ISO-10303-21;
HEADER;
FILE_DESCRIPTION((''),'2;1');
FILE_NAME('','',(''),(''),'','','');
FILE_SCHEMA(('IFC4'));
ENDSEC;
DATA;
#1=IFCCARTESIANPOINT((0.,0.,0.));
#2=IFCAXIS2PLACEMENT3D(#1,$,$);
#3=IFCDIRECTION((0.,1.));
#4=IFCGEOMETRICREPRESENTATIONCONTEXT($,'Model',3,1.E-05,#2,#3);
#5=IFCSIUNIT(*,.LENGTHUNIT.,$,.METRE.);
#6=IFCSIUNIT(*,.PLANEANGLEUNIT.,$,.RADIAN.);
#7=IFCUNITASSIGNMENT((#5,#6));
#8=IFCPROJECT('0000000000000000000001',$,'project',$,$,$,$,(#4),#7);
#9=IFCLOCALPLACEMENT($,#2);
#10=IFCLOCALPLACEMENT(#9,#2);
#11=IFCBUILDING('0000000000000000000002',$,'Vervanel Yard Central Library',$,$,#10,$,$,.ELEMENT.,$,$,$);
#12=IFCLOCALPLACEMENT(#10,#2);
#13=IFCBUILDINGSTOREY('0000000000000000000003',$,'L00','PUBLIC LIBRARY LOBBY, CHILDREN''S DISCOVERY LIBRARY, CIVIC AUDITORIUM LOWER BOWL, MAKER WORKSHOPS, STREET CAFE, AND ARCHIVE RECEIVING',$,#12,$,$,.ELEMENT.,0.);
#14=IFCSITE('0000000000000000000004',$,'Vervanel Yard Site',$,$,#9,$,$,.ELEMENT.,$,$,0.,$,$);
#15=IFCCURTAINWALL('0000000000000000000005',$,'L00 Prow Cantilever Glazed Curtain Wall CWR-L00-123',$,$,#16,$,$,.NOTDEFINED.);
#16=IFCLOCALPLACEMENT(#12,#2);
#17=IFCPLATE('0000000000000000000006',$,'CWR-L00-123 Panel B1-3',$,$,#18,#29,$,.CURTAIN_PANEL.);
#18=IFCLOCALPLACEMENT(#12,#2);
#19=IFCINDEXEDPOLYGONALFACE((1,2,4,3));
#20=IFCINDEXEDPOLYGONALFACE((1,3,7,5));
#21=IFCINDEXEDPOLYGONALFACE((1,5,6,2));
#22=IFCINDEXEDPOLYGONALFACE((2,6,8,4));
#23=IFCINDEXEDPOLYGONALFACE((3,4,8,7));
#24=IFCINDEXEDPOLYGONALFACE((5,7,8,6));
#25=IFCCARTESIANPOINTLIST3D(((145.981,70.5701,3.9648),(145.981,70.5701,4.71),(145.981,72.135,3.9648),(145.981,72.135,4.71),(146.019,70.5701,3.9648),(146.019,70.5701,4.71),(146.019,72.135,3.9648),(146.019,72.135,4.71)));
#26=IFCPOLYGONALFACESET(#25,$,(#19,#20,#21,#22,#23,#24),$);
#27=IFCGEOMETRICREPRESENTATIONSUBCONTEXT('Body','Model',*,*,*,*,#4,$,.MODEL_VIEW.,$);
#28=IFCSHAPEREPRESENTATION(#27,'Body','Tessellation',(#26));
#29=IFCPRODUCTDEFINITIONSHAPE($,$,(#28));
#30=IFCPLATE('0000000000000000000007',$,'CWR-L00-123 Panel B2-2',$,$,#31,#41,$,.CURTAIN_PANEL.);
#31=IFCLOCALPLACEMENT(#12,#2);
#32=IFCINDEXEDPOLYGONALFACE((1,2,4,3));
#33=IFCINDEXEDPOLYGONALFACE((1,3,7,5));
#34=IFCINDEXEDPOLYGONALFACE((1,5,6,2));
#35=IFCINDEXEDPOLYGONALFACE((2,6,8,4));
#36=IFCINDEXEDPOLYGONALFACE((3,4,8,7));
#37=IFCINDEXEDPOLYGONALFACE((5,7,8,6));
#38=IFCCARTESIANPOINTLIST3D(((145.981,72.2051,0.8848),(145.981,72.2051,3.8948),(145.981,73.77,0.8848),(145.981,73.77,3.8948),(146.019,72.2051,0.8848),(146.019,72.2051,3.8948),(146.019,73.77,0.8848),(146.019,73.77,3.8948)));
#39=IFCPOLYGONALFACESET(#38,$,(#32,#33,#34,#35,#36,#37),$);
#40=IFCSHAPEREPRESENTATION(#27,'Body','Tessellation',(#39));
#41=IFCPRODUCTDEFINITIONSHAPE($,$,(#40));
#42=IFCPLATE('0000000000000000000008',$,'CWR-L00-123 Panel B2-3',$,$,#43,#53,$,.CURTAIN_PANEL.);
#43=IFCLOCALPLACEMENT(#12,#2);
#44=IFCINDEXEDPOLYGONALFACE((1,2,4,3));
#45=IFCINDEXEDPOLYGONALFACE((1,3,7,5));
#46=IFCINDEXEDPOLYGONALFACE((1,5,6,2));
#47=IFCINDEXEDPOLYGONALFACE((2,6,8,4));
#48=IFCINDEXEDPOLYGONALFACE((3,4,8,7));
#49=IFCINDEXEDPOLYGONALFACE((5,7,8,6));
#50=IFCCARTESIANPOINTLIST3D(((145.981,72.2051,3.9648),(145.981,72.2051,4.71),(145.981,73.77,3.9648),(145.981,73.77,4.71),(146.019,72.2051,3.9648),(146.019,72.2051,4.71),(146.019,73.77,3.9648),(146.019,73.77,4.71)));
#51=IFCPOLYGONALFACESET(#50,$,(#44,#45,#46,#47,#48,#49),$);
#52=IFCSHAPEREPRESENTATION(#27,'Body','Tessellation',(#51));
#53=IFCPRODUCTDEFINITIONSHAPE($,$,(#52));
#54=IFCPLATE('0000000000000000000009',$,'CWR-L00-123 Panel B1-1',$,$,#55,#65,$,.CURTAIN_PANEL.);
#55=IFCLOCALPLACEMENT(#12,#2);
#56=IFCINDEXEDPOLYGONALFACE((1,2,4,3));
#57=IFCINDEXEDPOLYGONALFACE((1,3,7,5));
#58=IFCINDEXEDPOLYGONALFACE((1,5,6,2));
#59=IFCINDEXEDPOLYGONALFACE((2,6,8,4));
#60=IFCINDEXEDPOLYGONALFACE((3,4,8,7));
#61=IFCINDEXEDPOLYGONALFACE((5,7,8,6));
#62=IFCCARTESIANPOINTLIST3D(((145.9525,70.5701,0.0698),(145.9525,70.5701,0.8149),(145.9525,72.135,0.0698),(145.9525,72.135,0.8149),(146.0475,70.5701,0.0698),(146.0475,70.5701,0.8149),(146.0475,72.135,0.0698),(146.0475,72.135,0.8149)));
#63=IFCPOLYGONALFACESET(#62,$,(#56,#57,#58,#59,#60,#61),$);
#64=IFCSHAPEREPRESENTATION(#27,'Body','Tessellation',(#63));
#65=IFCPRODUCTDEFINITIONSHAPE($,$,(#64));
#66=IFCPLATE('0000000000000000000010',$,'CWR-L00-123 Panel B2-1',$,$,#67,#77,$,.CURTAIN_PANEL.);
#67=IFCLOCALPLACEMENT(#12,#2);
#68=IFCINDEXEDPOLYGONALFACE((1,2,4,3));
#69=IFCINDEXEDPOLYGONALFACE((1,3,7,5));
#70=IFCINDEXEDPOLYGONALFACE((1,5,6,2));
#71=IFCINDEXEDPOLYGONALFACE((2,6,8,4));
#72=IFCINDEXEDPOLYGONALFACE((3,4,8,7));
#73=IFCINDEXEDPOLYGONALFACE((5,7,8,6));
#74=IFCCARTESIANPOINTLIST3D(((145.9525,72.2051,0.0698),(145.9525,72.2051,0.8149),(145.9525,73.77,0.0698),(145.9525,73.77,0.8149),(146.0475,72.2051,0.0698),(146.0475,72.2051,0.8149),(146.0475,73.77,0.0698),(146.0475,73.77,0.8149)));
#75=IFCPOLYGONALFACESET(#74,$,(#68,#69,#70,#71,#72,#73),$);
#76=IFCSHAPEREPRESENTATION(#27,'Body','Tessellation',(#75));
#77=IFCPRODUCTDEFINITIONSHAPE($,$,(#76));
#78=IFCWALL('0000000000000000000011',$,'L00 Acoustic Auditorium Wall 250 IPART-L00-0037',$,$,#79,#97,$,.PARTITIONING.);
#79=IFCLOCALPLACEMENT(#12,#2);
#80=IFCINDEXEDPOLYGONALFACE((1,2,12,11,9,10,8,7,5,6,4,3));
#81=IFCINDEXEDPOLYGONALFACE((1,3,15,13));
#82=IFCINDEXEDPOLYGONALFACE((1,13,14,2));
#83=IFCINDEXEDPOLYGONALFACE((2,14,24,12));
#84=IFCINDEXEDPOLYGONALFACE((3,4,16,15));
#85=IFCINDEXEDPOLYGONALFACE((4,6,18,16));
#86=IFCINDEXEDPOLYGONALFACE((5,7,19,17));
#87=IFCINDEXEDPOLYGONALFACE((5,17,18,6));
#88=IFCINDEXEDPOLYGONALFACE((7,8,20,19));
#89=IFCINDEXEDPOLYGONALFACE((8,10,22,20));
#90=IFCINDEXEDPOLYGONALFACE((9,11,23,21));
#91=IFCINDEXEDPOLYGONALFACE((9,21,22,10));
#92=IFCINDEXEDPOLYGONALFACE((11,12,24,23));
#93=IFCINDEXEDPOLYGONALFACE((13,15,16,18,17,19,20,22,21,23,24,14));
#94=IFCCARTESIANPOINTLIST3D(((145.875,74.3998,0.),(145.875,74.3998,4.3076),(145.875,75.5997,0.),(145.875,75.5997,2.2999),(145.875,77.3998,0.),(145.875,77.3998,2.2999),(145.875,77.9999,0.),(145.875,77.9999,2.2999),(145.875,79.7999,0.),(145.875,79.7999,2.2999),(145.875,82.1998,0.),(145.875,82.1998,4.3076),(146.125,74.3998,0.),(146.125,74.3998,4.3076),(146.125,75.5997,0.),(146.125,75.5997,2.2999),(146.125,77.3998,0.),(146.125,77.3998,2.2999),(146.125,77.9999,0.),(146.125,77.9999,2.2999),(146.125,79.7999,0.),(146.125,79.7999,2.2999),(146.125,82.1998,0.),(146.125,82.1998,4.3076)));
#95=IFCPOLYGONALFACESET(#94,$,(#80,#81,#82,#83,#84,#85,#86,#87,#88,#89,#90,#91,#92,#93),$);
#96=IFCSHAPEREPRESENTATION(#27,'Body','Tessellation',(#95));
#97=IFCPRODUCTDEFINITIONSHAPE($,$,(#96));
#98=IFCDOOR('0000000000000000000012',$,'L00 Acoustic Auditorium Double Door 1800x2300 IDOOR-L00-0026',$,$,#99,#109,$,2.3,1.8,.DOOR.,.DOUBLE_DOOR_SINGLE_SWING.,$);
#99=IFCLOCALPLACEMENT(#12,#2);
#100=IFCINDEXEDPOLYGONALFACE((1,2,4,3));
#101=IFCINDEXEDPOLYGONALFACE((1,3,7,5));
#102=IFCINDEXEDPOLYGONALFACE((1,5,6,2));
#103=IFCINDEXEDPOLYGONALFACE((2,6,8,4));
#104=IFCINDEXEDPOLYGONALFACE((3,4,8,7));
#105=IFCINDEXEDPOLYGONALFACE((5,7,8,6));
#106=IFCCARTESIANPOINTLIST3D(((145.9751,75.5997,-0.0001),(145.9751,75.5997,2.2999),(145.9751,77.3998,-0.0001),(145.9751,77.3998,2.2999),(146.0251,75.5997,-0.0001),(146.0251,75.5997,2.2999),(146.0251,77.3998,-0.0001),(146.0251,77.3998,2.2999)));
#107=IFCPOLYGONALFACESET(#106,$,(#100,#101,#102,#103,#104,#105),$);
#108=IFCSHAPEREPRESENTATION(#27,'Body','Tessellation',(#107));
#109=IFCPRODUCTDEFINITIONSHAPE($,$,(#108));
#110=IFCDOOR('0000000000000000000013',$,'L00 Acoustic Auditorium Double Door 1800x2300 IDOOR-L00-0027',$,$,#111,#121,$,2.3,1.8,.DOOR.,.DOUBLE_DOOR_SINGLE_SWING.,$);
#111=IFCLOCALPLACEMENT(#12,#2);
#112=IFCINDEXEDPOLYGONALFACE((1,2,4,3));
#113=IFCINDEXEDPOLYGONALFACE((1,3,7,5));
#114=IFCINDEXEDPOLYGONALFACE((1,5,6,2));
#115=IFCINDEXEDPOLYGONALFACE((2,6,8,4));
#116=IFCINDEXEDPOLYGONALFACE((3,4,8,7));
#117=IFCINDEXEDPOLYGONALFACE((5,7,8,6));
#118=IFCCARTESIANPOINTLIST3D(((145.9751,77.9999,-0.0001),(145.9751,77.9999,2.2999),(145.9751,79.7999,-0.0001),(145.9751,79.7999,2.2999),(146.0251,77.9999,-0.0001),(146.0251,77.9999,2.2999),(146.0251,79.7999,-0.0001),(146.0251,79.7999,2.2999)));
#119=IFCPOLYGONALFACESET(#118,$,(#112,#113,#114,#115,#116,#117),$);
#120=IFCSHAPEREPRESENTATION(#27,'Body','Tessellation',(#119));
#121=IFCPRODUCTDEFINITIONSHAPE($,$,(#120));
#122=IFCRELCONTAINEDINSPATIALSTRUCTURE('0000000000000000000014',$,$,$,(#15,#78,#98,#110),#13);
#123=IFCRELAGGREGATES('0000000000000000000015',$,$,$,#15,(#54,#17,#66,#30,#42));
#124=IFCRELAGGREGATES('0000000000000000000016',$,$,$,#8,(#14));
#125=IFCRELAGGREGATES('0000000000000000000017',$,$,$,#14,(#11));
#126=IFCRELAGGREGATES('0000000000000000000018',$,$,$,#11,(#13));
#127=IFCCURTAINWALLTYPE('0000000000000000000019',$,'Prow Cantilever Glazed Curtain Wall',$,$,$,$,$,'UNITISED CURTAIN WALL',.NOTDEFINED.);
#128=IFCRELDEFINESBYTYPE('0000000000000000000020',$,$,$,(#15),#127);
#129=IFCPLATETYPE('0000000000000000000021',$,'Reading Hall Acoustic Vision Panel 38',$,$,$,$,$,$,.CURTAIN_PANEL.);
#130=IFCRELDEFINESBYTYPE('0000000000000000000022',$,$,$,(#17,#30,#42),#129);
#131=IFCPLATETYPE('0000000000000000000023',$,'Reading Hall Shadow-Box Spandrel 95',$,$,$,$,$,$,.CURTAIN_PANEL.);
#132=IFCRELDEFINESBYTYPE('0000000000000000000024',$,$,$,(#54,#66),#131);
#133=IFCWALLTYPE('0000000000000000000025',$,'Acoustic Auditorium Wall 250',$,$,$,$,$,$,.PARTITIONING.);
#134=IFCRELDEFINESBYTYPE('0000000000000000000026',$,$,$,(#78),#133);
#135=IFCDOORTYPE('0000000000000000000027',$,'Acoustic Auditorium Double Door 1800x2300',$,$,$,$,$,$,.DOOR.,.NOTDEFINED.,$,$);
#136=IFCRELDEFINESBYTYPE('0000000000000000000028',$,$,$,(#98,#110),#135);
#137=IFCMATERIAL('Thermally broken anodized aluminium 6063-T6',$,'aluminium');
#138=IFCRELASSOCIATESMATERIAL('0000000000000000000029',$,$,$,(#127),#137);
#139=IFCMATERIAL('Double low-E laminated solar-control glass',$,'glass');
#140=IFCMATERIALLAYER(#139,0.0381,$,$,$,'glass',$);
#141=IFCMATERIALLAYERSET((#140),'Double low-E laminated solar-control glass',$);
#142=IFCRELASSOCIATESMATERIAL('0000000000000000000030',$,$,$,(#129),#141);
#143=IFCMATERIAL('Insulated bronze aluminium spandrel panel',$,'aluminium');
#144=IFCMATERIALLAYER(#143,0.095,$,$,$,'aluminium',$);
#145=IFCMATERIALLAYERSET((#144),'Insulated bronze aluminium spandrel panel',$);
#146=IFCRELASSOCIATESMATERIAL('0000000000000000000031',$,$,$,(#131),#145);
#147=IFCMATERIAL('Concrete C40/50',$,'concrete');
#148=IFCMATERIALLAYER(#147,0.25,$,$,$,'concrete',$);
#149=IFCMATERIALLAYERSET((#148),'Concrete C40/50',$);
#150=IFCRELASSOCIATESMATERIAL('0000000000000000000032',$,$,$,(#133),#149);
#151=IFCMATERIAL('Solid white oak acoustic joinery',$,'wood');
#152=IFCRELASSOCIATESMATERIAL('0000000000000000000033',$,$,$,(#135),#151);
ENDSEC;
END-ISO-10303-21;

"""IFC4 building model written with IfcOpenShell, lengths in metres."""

from ifc_helpers import new_model, si_unit, direction, frame, frame_2d, origin, origin_2d, place, context, subcontext, project, spatial, rectangle, extrude, material, layer, layer_set, type_object, element, fill, aggregate, save


model = new_model("IFC4")

# Units and contexts
model_context = context("Model", 3, precision=1e-05, world=origin(), true_north=direction((0.0, 1.0)))
body_context = subcontext(model_context, "Body", "Model", "MODEL_VIEW")
ifc_project = project(units=[si_unit("LENGTHUNIT", "METRE"), si_unit("PLANEANGLEUNIT", "RADIAN")], contexts=[model_context])

# Site, building, storey
site_placement = place(None, origin())
site = spatial("IfcSite", under=ifc_project, at=site_placement, Name="Vervanel Yard Site", CompositionType="ELEMENT", RefElevation=0.0)
building_placement = place(site_placement, origin())
building = spatial("IfcBuilding", under=site, at=building_placement, Name="Vervanel Yard Central Library", CompositionType="ELEMENT")
storey_placement = place(building_placement, origin())
storey = spatial("IfcBuildingStorey", under=building, at=storey_placement, Name="L00", Description="PUBLIC LIBRARY LOBBY, CHILDREN'S DISCOVERY LIBRARY, CIVIC AUDITORIUM LOWER BOWL, MAKER WORKSHOPS, STREET CAFE, AND ARCHIVE RECEIVING", CompositionType="ELEMENT", Elevation=0.0)

# Shared definitions
ifc_material_1 = material(Name="Concrete C40/50", Category="concrete")

# Curtain wall
ifc_material_2 = material(Name="Thermally broken anodized aluminium 6063-T6", Category="aluminium")
curtain_wall_type_1 = type_object("IfcCurtainWallType", Name="Prow Cantilever Glazed Curtain Wall", ElementType="UNITISED CURTAIN WALL", PredefinedType="NOTDEFINED", material=ifc_material_2)
curtain_wall_1_placement = place(storey_placement, origin())
curtain_wall_1 = element("IfcCurtainWall", 1, at=curtain_wall_1_placement, inside=storey, type_object=curtain_wall_type_1, Name="L00 Prow Cantilever Glazed Curtain Wall CWR-L00-123", PredefinedType="NOTDEFINED")

# Plates
ifc_material_3 = material(Name="Double low-E laminated solar-control glass", Category="glass")
ifc_layer_1 = layer(ifc_material_3, 0.0381, Category="glass")
ifc_layer_set_1 = layer_set([ifc_layer_1], Name="Double low-E laminated solar-control glass")
plate_type_1 = type_object("IfcPlateType", Name="Reading Hall Acoustic Vision Panel 38", PredefinedType="CURTAIN_PANEL", material=ifc_layer_set_1)
plate_1_placement = place(storey_placement, frame((146.0, 71.3525, 3.9648), z_axis=(0.0, 0.0, 1.0), x_axis=(0.0, 1.0, 0.0)))
plate_1 = element("IfcPlate", 2, at=plate_1_placement, type_object=plate_type_1, Name="CWR-L00-123 Panel B1-3", PredefinedType="CURTAIN_PANEL", context=body_context, shape_type="SweptSolid", body=[
    extrude(rectangle(XDim=1.5649, YDim=0.0381, at=origin_2d()), origin(), (0.0, 0.0, 1.0), 0.7451),
])
plate_2_placement = place(storey_placement, frame((146.0, 72.9875, 0.8848), z_axis=(0.0, 0.0, 1.0), x_axis=(0.0, 1.0, 0.0)))
plate_2 = element("IfcPlate", 3, at=plate_2_placement, type_object=plate_type_1, Name="CWR-L00-123 Panel B2-2", PredefinedType="CURTAIN_PANEL", context=body_context, shape_type="SweptSolid", body=[
    extrude(rectangle(XDim=1.5649, YDim=0.0381, at=origin_2d()), origin(), (0.0, 0.0, 1.0), 3.01),
])
plate_3_placement = place(storey_placement, frame((146.0, 72.9875, 3.9648), z_axis=(0.0, 0.0, 1.0), x_axis=(0.0, 1.0, 0.0)))
plate_3 = element("IfcPlate", 4, at=plate_3_placement, type_object=plate_type_1, Name="CWR-L00-123 Panel B2-3", PredefinedType="CURTAIN_PANEL", context=body_context, shape_type="SweptSolid", body=[
    extrude(rectangle(XDim=1.5649, YDim=0.0381, at=origin_2d()), origin(), (0.0, 0.0, 1.0), 0.7451),
])
ifc_material_4 = material(Name="Insulated bronze aluminium spandrel panel", Category="aluminium")
ifc_layer_2 = layer(ifc_material_4, 0.095, Category="aluminium")
ifc_layer_set_2 = layer_set([ifc_layer_2], Name="Insulated bronze aluminium spandrel panel")
plate_type_2 = type_object("IfcPlateType", Name="Reading Hall Shadow-Box Spandrel 95", PredefinedType="CURTAIN_PANEL", material=ifc_layer_set_2)
plate_4_placement = place(storey_placement, frame((146.0, 71.3525, 0.0698), z_axis=(0.0, 0.0, 1.0), x_axis=(0.0, 1.0, 0.0)))
plate_4 = element("IfcPlate", 5, at=plate_4_placement, type_object=plate_type_2, Name="CWR-L00-123 Panel B1-1", PredefinedType="CURTAIN_PANEL", context=body_context, shape_type="SweptSolid", body=[
    extrude(rectangle(XDim=1.5649, YDim=0.095, at=origin_2d()), origin(), (0.0, 0.0, 1.0), 0.7451),
])
plate_5_placement = place(storey_placement, frame((146.0, 72.9875, 0.0698), z_axis=(0.0, 0.0, 1.0), x_axis=(0.0, 1.0, 0.0)))
plate_5 = element("IfcPlate", 6, at=plate_5_placement, type_object=plate_type_2, Name="CWR-L00-123 Panel B2-1", PredefinedType="CURTAIN_PANEL", context=body_context, shape_type="SweptSolid", body=[
    extrude(rectangle(XDim=1.5649, YDim=0.095, at=origin_2d()), origin(), (0.0, 0.0, 1.0), 0.7451),
])
aggregate(curtain_wall_1, [plate_4, plate_1, plate_5, plate_2, plate_3])

# Wall, openings, doors
ifc_layer_3 = layer(ifc_material_1, 0.25, Category="concrete")
ifc_layer_set_3 = layer_set([ifc_layer_3], Name="Concrete C40/50")
wall_type = type_object("IfcWallType", Name="Acoustic Auditorium Wall 250", PredefinedType="PARTITIONING", material=ifc_layer_set_3)
wall_placement = place(storey_placement, frame((146.0, 74.3999, 0.0), z_axis=(0.0, 0.0, 1.0), x_axis=(0.0, 1.0, 0.0)))
wall = element("IfcWall", 7, at=wall_placement, inside=storey, type_object=wall_type, Name="L00 Acoustic Auditorium Wall 250 IPART-L00-0037", PredefinedType="PARTITIONING", context=body_context, shape_type="SweptSolid", body=[
    extrude(rectangle(XDim=7.8, YDim=0.25, at=frame_2d((3.8999, 0.0))), origin(), (0.0, 0.0, 1.0), 4.3076),
])
opening_1_placement = place(wall_placement, frame((1.2, 0.0, 0.0)))
opening_1 = element("IfcOpeningElement", 8, at=opening_1_placement, cuts=wall, PredefinedType="OPENING", context=body_context, shape_type="SweptSolid", body=[
    extrude(rectangle(XDim=1.8, YDim=2.3, at=frame_2d((0.8999, 1.1499))), frame((0.0, 0.135, 0.0), z_axis=(0.0, -1.0, 0.0), x_axis=(1.0, 0.0, 0.0)), (0.0, 0.0, 1.0), 0.27),
])
opening_2_placement = place(wall_placement, frame((3.6001, 0.0, 0.0)))
opening_2 = element("IfcOpeningElement", 9, at=opening_2_placement, cuts=wall, PredefinedType="OPENING", context=body_context, shape_type="SweptSolid", body=[
    extrude(rectangle(XDim=1.8, YDim=2.3, at=frame_2d((0.8999, 1.1499))), frame((0.0, 0.135, 0.0), z_axis=(0.0, -1.0, 0.0), x_axis=(1.0, 0.0, 0.0)), (0.0, 0.0, 1.0), 0.27),
])
ifc_material_5 = material(Name="Solid white oak acoustic joinery", Category="wood")
door_type = type_object("IfcDoorType", Name="Acoustic Auditorium Double Door 1800x2300", OperationType="NOTDEFINED", PredefinedType="DOOR", material=ifc_material_5)
door_1_placement = place(opening_1_placement, origin())
door_1 = element("IfcDoor", 10, at=door_1_placement, inside=storey, type_object=door_type, Name="L00 Acoustic Auditorium Double Door 1800x2300 IDOOR-L00-0026", OperationType="DOUBLE_DOOR_SINGLE_SWING", OverallHeight=2.3, OverallWidth=1.8, PredefinedType="DOOR", context=body_context, shape_type="SweptSolid", body=[
    extrude(rectangle(XDim=1.8, YDim=2.3, at=frame_2d((0.8999, 1.1499))), frame((0.0, 0.0249, 0.0), z_axis=(0.0, -1.0, 0.0), x_axis=(1.0, 0.0, 0.0)), (0.0, 0.0, 1.0), 0.05),
])
fill(opening_1, door_1)
door_2_placement = place(opening_2_placement, origin())
door_2 = element("IfcDoor", 11, at=door_2_placement, inside=storey, type_object=door_type, Name="L00 Acoustic Auditorium Double Door 1800x2300 IDOOR-L00-0027", OperationType="DOUBLE_DOOR_SINGLE_SWING", OverallHeight=2.3, OverallWidth=1.8, PredefinedType="DOOR", context=body_context, shape_type="SweptSolid", body=[
    extrude(rectangle(XDim=1.8, YDim=2.3, at=frame_2d((0.8999, 1.1499))), frame((0.0, 0.0249, 0.0), z_axis=(0.0, -1.0, 0.0), x_axis=(1.0, 0.0, 0.0)), (0.0, 0.0, 1.0), 0.05),
])
fill(opening_2, door_2)

save(model, "model.ifc")
